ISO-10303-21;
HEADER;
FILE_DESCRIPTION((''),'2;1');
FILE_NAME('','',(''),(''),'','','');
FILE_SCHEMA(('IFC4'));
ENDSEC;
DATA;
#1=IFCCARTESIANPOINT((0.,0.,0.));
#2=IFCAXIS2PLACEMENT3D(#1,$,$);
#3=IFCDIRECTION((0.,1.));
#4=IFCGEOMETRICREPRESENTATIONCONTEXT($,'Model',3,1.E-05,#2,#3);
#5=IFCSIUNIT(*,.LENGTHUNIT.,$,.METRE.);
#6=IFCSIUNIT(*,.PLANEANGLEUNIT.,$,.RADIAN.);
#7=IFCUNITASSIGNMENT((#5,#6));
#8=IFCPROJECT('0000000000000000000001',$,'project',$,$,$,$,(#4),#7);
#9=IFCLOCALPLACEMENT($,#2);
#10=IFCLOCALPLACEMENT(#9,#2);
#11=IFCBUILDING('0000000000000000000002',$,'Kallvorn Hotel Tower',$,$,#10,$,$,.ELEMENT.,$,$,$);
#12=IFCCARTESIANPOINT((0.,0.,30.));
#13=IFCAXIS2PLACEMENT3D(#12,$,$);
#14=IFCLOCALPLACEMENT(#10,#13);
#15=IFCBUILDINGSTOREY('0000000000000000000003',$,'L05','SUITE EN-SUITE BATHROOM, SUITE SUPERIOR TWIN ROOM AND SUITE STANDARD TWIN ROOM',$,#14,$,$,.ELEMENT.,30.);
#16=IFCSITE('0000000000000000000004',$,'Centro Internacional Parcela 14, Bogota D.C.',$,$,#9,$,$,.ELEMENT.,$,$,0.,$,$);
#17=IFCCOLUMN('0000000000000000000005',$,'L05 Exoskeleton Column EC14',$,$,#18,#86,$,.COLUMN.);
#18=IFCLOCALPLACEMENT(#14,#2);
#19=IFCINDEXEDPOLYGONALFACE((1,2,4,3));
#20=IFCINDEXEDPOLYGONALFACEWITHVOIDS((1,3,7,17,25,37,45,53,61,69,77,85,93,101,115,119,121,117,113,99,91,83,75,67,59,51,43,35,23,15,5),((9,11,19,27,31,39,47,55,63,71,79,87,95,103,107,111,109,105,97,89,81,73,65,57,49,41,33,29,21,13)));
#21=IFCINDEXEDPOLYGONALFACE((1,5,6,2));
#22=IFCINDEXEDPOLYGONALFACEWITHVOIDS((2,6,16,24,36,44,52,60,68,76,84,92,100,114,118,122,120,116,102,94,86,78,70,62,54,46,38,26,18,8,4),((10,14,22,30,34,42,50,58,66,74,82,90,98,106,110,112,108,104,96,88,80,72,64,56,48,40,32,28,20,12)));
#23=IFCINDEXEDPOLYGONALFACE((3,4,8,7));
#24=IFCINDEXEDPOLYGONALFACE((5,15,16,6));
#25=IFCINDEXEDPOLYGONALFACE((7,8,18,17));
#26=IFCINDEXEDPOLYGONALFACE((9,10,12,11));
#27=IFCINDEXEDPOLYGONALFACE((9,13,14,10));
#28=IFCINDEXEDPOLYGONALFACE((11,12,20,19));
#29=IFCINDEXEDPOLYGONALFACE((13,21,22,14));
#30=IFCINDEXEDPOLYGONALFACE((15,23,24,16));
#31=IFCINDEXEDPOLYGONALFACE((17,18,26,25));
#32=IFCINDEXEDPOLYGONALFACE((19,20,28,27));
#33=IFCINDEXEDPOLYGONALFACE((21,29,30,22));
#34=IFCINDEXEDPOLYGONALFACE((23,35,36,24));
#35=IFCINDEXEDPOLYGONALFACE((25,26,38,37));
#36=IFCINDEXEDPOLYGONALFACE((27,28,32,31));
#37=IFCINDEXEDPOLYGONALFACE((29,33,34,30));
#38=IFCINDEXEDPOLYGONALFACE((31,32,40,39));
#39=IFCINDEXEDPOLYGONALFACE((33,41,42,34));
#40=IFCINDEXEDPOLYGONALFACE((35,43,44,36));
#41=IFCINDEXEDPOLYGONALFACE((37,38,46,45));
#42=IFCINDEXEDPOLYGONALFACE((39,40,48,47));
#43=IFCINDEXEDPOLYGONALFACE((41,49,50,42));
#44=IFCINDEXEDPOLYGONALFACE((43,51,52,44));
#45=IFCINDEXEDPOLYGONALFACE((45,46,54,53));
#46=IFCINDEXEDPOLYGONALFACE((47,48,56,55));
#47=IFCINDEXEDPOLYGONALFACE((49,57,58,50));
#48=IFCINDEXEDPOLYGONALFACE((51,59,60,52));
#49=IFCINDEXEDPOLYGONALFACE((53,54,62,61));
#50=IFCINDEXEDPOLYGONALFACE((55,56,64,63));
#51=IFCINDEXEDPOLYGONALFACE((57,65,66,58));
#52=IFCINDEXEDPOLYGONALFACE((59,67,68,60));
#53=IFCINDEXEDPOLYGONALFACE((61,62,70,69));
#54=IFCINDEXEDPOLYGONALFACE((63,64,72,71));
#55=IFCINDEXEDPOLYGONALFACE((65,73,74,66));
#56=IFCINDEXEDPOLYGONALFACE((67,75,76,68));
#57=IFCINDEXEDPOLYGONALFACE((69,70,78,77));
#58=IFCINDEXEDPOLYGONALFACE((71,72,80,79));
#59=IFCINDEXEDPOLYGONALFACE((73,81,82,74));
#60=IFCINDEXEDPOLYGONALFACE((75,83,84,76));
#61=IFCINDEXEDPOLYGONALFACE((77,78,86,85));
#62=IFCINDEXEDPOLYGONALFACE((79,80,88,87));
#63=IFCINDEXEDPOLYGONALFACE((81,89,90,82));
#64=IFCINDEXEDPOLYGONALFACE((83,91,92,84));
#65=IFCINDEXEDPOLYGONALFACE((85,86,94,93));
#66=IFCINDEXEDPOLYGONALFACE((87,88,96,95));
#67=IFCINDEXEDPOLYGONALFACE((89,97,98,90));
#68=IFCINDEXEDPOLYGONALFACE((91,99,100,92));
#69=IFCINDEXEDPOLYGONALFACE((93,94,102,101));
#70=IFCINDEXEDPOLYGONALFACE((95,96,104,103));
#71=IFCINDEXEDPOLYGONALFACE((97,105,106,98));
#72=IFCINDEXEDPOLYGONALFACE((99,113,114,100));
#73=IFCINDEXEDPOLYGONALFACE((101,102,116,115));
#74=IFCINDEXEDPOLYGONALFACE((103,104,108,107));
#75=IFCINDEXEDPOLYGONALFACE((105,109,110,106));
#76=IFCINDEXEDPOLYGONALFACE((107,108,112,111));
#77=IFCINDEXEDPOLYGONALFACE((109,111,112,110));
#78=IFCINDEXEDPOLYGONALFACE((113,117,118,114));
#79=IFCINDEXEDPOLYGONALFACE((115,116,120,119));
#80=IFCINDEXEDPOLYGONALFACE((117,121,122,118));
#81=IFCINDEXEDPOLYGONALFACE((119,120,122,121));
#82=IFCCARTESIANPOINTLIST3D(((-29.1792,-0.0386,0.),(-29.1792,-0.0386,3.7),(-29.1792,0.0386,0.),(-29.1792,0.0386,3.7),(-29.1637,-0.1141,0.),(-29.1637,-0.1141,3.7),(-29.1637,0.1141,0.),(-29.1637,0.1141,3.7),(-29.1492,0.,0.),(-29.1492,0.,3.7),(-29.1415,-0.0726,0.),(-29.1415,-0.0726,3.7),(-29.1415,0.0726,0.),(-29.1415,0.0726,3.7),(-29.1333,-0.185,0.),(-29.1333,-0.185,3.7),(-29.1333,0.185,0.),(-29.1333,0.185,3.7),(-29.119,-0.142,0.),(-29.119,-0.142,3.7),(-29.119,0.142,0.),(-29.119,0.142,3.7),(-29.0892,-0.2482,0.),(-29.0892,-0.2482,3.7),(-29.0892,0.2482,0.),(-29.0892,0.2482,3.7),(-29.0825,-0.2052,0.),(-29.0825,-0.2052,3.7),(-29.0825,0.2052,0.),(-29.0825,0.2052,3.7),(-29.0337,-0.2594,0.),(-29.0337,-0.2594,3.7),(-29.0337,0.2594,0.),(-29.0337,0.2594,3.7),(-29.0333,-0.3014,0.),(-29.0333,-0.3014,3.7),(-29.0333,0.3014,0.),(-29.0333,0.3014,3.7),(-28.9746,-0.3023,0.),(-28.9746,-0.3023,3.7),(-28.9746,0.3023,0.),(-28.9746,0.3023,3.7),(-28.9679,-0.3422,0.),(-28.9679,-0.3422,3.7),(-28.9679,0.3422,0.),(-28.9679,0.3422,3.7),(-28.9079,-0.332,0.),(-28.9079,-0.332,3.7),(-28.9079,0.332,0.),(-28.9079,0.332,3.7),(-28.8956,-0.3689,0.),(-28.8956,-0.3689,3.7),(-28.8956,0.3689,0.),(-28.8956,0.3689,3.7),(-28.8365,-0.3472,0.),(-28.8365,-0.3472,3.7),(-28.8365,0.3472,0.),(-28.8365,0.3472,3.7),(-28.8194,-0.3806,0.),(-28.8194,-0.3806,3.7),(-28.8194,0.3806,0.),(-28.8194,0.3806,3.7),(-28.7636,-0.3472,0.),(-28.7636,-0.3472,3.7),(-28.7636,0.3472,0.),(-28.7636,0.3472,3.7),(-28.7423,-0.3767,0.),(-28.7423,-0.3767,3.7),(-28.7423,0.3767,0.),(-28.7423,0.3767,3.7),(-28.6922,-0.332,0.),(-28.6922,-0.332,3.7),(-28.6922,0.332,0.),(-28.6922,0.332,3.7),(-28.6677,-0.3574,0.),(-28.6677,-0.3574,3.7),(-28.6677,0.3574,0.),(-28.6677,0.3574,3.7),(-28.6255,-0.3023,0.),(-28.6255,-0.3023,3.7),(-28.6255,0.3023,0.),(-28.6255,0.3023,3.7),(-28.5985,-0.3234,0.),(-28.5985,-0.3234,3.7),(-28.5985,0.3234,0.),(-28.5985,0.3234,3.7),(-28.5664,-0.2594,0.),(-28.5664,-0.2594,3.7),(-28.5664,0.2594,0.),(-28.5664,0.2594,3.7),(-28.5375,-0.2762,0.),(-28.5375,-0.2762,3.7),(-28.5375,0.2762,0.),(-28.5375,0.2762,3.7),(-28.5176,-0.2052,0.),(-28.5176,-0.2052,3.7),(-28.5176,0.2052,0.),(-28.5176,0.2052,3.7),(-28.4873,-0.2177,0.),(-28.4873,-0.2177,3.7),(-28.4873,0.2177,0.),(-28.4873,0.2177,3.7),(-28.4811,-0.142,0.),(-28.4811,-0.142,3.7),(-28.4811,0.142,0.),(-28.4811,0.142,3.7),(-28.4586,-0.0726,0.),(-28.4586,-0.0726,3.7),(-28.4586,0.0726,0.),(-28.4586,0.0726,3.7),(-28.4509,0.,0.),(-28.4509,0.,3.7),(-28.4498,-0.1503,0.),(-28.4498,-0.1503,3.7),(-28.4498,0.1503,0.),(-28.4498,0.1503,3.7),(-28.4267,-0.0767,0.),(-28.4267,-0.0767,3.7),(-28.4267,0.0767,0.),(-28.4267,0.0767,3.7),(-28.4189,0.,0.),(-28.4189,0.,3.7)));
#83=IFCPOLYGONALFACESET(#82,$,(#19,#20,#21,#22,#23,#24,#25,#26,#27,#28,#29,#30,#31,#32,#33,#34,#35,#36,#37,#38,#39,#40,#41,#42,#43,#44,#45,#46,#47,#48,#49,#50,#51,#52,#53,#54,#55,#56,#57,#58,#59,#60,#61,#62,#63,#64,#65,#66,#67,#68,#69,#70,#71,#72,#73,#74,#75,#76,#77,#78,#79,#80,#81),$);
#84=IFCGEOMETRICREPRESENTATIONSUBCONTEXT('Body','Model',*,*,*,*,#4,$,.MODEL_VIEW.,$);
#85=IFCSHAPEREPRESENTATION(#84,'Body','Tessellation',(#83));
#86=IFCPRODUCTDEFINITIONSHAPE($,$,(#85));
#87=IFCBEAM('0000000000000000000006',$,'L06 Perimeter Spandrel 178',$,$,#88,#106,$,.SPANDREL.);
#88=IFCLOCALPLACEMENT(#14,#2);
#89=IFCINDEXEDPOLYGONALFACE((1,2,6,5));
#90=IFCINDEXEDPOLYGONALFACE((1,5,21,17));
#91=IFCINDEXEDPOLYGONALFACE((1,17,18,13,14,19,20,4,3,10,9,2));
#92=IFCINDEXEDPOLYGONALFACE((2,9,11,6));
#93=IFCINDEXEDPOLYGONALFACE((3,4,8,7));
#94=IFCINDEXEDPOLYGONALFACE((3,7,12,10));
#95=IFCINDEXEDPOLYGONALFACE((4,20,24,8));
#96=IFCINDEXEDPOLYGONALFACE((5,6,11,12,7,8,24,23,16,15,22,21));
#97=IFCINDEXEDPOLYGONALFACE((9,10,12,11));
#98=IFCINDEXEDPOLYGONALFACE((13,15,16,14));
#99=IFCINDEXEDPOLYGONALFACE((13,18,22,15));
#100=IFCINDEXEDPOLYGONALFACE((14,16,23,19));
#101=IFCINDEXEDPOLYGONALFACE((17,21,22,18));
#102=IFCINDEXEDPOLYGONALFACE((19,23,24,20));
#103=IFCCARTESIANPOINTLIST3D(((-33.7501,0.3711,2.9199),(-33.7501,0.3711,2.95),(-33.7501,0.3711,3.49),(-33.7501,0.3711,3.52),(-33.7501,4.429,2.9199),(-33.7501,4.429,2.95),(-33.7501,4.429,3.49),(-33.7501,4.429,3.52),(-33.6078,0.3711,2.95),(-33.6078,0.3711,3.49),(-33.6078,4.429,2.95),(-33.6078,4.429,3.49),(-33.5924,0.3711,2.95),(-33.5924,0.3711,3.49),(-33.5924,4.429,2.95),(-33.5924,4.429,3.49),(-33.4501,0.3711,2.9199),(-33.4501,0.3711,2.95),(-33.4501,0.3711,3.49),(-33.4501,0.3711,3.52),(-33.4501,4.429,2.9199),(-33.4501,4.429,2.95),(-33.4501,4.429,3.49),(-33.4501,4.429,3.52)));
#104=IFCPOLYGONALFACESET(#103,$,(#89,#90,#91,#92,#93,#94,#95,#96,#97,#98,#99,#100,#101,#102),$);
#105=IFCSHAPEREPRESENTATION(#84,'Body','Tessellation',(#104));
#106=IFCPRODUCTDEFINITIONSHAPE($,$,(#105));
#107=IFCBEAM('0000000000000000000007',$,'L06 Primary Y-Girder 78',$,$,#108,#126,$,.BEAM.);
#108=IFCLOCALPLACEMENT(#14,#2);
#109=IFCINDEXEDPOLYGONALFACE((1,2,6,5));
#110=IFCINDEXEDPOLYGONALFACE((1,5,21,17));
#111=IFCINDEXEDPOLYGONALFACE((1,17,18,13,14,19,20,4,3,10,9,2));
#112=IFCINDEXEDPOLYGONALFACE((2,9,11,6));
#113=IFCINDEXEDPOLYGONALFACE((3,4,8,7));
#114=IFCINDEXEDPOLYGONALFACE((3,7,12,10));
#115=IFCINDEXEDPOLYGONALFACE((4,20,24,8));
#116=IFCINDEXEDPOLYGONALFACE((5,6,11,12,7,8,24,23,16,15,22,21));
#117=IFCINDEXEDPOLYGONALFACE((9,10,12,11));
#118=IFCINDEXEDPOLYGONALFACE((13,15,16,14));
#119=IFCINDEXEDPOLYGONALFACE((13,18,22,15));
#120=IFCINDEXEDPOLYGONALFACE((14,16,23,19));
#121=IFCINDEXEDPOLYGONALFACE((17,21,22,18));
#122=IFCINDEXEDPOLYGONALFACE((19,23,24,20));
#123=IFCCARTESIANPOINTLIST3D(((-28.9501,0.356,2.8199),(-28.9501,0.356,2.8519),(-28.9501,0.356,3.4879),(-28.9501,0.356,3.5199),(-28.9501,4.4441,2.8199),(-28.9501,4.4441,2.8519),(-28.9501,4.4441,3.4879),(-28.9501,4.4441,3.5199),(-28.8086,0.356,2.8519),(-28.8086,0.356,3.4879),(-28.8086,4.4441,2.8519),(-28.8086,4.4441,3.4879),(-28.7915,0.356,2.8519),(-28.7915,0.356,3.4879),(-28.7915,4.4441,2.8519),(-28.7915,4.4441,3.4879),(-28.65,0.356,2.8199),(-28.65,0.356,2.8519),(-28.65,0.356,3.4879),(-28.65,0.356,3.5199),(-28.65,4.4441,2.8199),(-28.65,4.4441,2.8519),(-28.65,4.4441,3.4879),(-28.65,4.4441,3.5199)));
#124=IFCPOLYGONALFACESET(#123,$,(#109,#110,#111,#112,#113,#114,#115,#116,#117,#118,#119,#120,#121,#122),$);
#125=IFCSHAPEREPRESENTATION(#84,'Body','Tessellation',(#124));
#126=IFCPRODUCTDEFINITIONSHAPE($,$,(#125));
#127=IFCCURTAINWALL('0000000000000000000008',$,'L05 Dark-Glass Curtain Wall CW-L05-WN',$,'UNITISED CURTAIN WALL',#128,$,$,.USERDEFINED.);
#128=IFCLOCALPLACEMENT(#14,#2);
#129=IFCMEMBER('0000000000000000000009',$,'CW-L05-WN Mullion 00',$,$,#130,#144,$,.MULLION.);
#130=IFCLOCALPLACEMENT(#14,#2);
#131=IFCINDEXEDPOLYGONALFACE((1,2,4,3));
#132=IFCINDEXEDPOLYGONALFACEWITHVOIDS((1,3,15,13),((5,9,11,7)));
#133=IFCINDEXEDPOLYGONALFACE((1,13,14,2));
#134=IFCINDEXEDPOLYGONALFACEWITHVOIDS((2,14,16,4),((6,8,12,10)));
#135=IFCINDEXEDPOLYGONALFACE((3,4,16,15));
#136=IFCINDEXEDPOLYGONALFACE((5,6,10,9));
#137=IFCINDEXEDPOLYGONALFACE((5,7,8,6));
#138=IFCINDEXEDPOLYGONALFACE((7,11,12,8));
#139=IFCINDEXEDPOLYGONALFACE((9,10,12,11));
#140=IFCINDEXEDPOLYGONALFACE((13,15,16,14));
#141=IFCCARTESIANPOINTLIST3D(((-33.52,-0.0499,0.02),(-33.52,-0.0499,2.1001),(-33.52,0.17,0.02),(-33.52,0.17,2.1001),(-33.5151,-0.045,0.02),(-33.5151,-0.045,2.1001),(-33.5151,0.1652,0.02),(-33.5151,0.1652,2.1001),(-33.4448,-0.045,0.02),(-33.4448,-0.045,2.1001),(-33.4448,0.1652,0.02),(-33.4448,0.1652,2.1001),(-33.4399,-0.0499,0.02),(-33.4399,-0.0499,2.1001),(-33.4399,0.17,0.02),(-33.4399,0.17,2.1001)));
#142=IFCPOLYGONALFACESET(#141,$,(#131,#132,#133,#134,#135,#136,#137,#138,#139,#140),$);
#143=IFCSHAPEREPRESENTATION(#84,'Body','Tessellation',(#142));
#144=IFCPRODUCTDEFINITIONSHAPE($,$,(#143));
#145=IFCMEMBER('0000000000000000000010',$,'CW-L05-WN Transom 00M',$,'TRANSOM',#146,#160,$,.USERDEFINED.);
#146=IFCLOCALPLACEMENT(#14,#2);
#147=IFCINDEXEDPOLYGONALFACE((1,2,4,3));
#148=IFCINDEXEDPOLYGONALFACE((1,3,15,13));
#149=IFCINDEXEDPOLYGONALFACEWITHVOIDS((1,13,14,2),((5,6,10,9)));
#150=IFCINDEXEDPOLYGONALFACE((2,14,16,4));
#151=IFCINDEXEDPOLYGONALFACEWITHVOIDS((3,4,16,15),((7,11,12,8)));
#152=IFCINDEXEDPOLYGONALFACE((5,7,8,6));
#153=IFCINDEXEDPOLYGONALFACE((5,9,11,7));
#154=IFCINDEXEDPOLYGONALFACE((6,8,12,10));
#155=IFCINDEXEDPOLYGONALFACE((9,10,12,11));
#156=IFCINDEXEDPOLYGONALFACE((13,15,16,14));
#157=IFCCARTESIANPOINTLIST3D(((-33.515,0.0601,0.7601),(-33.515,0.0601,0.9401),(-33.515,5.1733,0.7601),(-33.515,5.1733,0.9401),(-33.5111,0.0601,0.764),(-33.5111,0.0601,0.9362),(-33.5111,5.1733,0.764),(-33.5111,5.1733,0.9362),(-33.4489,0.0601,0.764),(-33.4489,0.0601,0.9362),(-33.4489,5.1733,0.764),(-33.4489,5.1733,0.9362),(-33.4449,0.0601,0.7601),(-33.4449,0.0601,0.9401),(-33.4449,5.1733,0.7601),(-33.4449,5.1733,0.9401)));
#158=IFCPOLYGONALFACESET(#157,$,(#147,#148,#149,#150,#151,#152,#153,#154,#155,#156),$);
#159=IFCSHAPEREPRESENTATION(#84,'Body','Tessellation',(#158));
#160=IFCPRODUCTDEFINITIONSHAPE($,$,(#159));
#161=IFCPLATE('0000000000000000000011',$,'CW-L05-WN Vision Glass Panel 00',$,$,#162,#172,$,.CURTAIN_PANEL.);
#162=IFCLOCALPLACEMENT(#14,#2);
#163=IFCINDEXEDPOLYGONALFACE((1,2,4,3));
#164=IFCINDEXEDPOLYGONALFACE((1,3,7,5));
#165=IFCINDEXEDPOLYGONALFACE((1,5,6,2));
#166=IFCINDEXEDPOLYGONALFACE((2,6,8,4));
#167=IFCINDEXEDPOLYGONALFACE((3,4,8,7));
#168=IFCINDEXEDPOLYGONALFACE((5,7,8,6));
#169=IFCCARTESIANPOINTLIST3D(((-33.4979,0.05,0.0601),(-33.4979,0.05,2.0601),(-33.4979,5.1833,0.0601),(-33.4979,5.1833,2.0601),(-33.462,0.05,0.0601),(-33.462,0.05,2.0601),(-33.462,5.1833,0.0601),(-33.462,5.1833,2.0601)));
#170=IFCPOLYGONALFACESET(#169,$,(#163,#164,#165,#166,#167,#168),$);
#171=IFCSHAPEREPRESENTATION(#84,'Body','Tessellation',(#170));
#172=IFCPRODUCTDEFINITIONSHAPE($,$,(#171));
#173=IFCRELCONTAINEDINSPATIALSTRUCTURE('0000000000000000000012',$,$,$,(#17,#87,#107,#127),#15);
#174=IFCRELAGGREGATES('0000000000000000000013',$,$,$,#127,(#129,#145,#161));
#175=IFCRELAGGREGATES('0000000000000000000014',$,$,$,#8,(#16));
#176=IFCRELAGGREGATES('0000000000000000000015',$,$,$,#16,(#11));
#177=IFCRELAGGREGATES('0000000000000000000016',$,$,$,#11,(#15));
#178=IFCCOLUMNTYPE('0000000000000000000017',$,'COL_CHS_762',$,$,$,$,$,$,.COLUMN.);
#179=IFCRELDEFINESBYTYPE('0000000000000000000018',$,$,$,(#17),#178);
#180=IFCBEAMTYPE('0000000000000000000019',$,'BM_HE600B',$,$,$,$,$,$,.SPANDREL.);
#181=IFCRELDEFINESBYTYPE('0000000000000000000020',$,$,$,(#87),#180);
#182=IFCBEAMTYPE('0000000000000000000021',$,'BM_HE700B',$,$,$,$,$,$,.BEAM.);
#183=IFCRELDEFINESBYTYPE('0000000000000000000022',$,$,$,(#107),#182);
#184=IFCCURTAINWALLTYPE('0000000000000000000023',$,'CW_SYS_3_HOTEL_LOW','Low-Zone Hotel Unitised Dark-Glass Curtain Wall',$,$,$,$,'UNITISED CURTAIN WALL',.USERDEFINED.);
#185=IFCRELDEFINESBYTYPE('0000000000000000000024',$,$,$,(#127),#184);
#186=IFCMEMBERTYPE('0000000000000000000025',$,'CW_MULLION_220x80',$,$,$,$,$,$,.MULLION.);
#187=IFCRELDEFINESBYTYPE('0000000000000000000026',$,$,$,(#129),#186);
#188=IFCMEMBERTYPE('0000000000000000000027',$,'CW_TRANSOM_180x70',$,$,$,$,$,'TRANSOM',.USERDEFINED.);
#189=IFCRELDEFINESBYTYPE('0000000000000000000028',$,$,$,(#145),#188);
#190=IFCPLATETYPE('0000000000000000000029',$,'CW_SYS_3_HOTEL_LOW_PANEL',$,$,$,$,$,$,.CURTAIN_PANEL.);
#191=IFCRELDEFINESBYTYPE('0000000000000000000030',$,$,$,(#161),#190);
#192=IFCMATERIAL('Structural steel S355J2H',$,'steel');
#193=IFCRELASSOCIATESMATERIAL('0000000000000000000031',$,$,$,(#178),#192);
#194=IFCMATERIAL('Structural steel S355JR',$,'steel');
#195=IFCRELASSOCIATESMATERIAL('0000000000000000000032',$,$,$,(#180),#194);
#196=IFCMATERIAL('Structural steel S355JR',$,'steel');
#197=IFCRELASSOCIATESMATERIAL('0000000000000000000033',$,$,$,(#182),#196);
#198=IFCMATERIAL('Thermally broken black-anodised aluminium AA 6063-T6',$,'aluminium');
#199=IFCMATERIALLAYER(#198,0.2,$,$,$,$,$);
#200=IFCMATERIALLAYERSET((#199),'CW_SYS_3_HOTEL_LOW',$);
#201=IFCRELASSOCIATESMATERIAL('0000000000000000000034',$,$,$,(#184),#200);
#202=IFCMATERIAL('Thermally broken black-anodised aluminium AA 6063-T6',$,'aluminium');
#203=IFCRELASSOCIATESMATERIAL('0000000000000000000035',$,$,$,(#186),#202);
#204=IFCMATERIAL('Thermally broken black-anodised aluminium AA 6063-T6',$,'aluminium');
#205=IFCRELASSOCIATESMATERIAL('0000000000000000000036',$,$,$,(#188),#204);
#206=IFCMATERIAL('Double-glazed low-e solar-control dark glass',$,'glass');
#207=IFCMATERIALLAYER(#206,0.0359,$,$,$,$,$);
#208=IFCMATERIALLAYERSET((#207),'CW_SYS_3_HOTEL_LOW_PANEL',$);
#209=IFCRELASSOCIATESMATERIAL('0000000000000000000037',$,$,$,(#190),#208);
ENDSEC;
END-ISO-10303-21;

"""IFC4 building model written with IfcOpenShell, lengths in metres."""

from ifc_helpers import new_model, si_unit, direction, frame, origin, origin_2d, place, context, subcontext, project, spatial, rectangle, hollow_rectangle, hollow_circle, i_section, extrude, material, layer, layer_set, material_profile, profile_set, type_object, element, aggregate, save


model = new_model("IFC4")

# Units and contexts
model_context = context("Model", 3, precision=1e-05, world=origin(), true_north=direction((0.0, 1.0)))
body_context = subcontext(model_context, "Body", "Model", "MODEL_VIEW")
ifc_project = project(units=[si_unit("LENGTHUNIT", "METRE"), si_unit("PLANEANGLEUNIT", "RADIAN")], contexts=[model_context])

# Site, building, storey
site_placement = place(None, origin())
site = spatial("IfcSite", under=ifc_project, at=site_placement, Name="Centro Internacional Parcela 14, Bogota D.C.", CompositionType="ELEMENT", RefElevation=0.0)
building_placement = place(site_placement, origin())
building = spatial("IfcBuilding", under=site, at=building_placement, Name="Kallvorn Hotel Tower", CompositionType="ELEMENT")
storey_placement = place(building_placement, frame((0.0, 0.0, 30.0)))
storey = spatial("IfcBuildingStorey", under=building, at=storey_placement, Name="L05", Description="SUITE EN-SUITE BATHROOM, SUITE SUPERIOR TWIN ROOM AND SUITE STANDARD TWIN ROOM", CompositionType="ELEMENT", Elevation=30.0)

# Column
ifc_material_1 = material(Name="Structural steel S355J2H", Category="steel")
ifc_material_profile_1 = material_profile(ifc_material_1, hollow_circle(Radius=0.3811, WallThickness=0.032, at=origin_2d()), Name="CHS 762x32")
ifc_profile_set_1 = profile_set([ifc_material_profile_1], Name="Structural steel S355J2H")
column_type = type_object("IfcColumnType", Name="COL_CHS_762", PredefinedType="COLUMN", material=ifc_profile_set_1)
column_placement = place(storey_placement, frame((-28.8, 0.0, 0.0), z_axis=(0.0, 0.0, 1.0), x_axis=(1.0, 0.0, 0.0)))
element("IfcColumn", 1, at=column_placement, inside=storey, type_object=column_type, Name="L05 Exoskeleton Column EC14", PredefinedType="COLUMN", context=body_context, shape_type="SweptSolid", body=[
    extrude(hollow_circle(Radius=0.3811, WallThickness=0.032, at=origin_2d()), origin(), (0.0, 0.0, 1.0), 3.7),
])

# Beams
ifc_material_2 = material(Name="Structural steel S355JR", Category="steel")
ifc_material_profile_2 = material_profile(ifc_material_2, i_section(OverallWidth=0.3, OverallDepth=0.6001, WebThickness=0.0154, FlangeThickness=0.03, at=origin_2d()), Name="HE 600 B")
ifc_profile_set_2 = profile_set([ifc_material_profile_2], Name="Structural steel S355JR")
beam_type_1 = type_object("IfcBeamType", Name="BM_HE600B", PredefinedType="SPANDREL", material=ifc_profile_set_2)
beam_1_placement = place(storey_placement, frame((-33.6001, 0.3711, 3.22), z_axis=(0.0, 1.0, 0.0), x_axis=(-1.0, 0.0, 0.0)))
element("IfcBeam", 2, at=beam_1_placement, inside=storey, type_object=beam_type_1, Name="L06 Perimeter Spandrel 178", PredefinedType="SPANDREL", context=body_context, shape_type="SweptSolid", body=[
    extrude(i_section(OverallWidth=0.3, OverallDepth=0.6001, WebThickness=0.0154, FlangeThickness=0.03, at=origin_2d()), origin(), (0.0, 0.0, 1.0), 4.0579),
])
ifc_material_3 = material(Name="Structural steel S355JR", Category="steel")
ifc_material_profile_3 = material_profile(ifc_material_3, i_section(OverallWidth=0.3, OverallDepth=0.7, WebThickness=0.0171, FlangeThickness=0.032, at=origin_2d()), Name="HE 700 B")
ifc_profile_set_3 = profile_set([ifc_material_profile_3], Name="Structural steel S355JR")
beam_type_2 = type_object("IfcBeamType", Name="BM_HE700B", PredefinedType="BEAM", material=ifc_profile_set_3)
beam_2_placement = place(storey_placement, frame((-28.8, 0.356, 3.1699), z_axis=(0.0, 1.0, 0.0), x_axis=(-1.0, 0.0, 0.0)))
element("IfcBeam", 3, at=beam_2_placement, inside=storey, type_object=beam_type_2, Name="L06 Primary Y-Girder 78", PredefinedType="BEAM", context=body_context, shape_type="SweptSolid", body=[
    extrude(i_section(OverallWidth=0.3, OverallDepth=0.7, WebThickness=0.0171, FlangeThickness=0.032, at=origin_2d()), origin(), (0.0, 0.0, 1.0), 4.0881),
])

# Curtain wall, members, plate
ifc_material_4 = material(Name="Thermally broken black-anodised aluminium AA 6063-T6", Category="aluminium")
ifc_layer_1 = layer(ifc_material_4, 0.2)
ifc_layer_set_1 = layer_set([ifc_layer_1], Name="CW_SYS_3_HOTEL_LOW")
curtain_wall_type = type_object("IfcCurtainWallType", Name="CW_SYS_3_HOTEL_LOW", Description="Low-Zone Hotel Unitised Dark-Glass Curtain Wall", ElementType="UNITISED CURTAIN WALL", PredefinedType="USERDEFINED", material=ifc_layer_set_1)
curtain_wall_placement = place(storey_placement, origin())
curtain_wall = element("IfcCurtainWall", 4, at=curtain_wall_placement, inside=storey, type_object=curtain_wall_type, Name="L05 Dark-Glass Curtain Wall CW-L05-WN", ObjectType="UNITISED CURTAIN WALL", PredefinedType="USERDEFINED")
ifc_material_5 = material(Name="Thermally broken black-anodised aluminium AA 6063-T6", Category="aluminium")
ifc_material_profile_4 = material_profile(ifc_material_5, hollow_rectangle(XDim=0.0801, YDim=0.22, WallThickness=0.0049, at=origin_2d()), Name="MUL 220x80")
ifc_profile_set_4 = profile_set([ifc_material_profile_4], Name="Thermally broken black-anodised aluminium AA 6063-T6")
member_type_1 = type_object("IfcMemberType", Name="CW_MULLION_220x80", PredefinedType="MULLION", material=ifc_profile_set_4)
member_1_placement = place(storey_placement, frame((-33.48, 0.0601, 0.02), z_axis=(0.0, 0.0, 1.0), x_axis=(1.0, 0.0, 0.0)))
member_1 = element("IfcMember", 5, at=member_1_placement, type_object=member_type_1, Name="CW-L05-WN Mullion 00", PredefinedType="MULLION", context=body_context, shape_type="SweptSolid", body=[
    extrude(hollow_rectangle(XDim=0.0801, YDim=0.22, WallThickness=0.0049, at=origin_2d()), origin(), (0.0, 0.0, 1.0), 2.0801),
])
ifc_material_6 = material(Name="Thermally broken black-anodised aluminium AA 6063-T6", Category="aluminium")
ifc_material_profile_5 = material_profile(ifc_material_6, hollow_rectangle(XDim=0.0701, YDim=0.1799, WallThickness=0.0039, at=origin_2d()), Name="TRN 180x70")
ifc_profile_set_5 = profile_set([ifc_material_profile_5], Name="Thermally broken black-anodised aluminium AA 6063-T6")
member_type_2 = type_object("IfcMemberType", Name="CW_TRANSOM_180x70", ElementType="TRANSOM", PredefinedType="USERDEFINED", material=ifc_profile_set_5)
member_2_placement = place(storey_placement, frame((-33.48, 0.0601, 0.8501), z_axis=(0.0, 1.0, 0.0), x_axis=(-1.0, 0.0, 0.0)))
member_2 = element("IfcMember", 6, at=member_2_placement, type_object=member_type_2, Name="CW-L05-WN Transom 00M", ObjectType="TRANSOM", PredefinedType="USERDEFINED", context=body_context, shape_type="SweptSolid", body=[
    extrude(hollow_rectangle(XDim=0.0701, YDim=0.1799, WallThickness=0.0039, at=origin_2d()), origin(), (0.0, 0.0, 1.0), 5.1133),
])
ifc_material_7 = material(Name="Double-glazed low-e solar-control dark glass", Category="glass")
ifc_layer_2 = layer(ifc_material_7, 0.0359)
ifc_layer_set_2 = layer_set([ifc_layer_2], Name="CW_SYS_3_HOTEL_LOW_PANEL")
plate_type_1 = type_object("IfcPlateType", Name="CW_SYS_3_HOTEL_LOW_PANEL", PredefinedType="CURTAIN_PANEL", material=ifc_layer_set_2)
plate_placement = place(storey_placement, frame((-33.48, 2.6167, 0.0601), z_axis=(0.0, 0.0, 1.0), x_axis=(0.0, 1.0, 0.0)))
plate = element("IfcPlate", 7, at=plate_placement, type_object=plate_type_1, Name="CW-L05-WN Vision Glass Panel 00", PredefinedType="CURTAIN_PANEL", context=body_context, shape_type="SweptSolid", body=[
    extrude(rectangle(XDim=5.1333, YDim=0.0359, at=origin_2d()), origin(), (0.0, 0.0, 1.0), 2.0),
])
aggregate(curtain_wall, [member_1, member_2, plate])

save(model, "model.ifc")
